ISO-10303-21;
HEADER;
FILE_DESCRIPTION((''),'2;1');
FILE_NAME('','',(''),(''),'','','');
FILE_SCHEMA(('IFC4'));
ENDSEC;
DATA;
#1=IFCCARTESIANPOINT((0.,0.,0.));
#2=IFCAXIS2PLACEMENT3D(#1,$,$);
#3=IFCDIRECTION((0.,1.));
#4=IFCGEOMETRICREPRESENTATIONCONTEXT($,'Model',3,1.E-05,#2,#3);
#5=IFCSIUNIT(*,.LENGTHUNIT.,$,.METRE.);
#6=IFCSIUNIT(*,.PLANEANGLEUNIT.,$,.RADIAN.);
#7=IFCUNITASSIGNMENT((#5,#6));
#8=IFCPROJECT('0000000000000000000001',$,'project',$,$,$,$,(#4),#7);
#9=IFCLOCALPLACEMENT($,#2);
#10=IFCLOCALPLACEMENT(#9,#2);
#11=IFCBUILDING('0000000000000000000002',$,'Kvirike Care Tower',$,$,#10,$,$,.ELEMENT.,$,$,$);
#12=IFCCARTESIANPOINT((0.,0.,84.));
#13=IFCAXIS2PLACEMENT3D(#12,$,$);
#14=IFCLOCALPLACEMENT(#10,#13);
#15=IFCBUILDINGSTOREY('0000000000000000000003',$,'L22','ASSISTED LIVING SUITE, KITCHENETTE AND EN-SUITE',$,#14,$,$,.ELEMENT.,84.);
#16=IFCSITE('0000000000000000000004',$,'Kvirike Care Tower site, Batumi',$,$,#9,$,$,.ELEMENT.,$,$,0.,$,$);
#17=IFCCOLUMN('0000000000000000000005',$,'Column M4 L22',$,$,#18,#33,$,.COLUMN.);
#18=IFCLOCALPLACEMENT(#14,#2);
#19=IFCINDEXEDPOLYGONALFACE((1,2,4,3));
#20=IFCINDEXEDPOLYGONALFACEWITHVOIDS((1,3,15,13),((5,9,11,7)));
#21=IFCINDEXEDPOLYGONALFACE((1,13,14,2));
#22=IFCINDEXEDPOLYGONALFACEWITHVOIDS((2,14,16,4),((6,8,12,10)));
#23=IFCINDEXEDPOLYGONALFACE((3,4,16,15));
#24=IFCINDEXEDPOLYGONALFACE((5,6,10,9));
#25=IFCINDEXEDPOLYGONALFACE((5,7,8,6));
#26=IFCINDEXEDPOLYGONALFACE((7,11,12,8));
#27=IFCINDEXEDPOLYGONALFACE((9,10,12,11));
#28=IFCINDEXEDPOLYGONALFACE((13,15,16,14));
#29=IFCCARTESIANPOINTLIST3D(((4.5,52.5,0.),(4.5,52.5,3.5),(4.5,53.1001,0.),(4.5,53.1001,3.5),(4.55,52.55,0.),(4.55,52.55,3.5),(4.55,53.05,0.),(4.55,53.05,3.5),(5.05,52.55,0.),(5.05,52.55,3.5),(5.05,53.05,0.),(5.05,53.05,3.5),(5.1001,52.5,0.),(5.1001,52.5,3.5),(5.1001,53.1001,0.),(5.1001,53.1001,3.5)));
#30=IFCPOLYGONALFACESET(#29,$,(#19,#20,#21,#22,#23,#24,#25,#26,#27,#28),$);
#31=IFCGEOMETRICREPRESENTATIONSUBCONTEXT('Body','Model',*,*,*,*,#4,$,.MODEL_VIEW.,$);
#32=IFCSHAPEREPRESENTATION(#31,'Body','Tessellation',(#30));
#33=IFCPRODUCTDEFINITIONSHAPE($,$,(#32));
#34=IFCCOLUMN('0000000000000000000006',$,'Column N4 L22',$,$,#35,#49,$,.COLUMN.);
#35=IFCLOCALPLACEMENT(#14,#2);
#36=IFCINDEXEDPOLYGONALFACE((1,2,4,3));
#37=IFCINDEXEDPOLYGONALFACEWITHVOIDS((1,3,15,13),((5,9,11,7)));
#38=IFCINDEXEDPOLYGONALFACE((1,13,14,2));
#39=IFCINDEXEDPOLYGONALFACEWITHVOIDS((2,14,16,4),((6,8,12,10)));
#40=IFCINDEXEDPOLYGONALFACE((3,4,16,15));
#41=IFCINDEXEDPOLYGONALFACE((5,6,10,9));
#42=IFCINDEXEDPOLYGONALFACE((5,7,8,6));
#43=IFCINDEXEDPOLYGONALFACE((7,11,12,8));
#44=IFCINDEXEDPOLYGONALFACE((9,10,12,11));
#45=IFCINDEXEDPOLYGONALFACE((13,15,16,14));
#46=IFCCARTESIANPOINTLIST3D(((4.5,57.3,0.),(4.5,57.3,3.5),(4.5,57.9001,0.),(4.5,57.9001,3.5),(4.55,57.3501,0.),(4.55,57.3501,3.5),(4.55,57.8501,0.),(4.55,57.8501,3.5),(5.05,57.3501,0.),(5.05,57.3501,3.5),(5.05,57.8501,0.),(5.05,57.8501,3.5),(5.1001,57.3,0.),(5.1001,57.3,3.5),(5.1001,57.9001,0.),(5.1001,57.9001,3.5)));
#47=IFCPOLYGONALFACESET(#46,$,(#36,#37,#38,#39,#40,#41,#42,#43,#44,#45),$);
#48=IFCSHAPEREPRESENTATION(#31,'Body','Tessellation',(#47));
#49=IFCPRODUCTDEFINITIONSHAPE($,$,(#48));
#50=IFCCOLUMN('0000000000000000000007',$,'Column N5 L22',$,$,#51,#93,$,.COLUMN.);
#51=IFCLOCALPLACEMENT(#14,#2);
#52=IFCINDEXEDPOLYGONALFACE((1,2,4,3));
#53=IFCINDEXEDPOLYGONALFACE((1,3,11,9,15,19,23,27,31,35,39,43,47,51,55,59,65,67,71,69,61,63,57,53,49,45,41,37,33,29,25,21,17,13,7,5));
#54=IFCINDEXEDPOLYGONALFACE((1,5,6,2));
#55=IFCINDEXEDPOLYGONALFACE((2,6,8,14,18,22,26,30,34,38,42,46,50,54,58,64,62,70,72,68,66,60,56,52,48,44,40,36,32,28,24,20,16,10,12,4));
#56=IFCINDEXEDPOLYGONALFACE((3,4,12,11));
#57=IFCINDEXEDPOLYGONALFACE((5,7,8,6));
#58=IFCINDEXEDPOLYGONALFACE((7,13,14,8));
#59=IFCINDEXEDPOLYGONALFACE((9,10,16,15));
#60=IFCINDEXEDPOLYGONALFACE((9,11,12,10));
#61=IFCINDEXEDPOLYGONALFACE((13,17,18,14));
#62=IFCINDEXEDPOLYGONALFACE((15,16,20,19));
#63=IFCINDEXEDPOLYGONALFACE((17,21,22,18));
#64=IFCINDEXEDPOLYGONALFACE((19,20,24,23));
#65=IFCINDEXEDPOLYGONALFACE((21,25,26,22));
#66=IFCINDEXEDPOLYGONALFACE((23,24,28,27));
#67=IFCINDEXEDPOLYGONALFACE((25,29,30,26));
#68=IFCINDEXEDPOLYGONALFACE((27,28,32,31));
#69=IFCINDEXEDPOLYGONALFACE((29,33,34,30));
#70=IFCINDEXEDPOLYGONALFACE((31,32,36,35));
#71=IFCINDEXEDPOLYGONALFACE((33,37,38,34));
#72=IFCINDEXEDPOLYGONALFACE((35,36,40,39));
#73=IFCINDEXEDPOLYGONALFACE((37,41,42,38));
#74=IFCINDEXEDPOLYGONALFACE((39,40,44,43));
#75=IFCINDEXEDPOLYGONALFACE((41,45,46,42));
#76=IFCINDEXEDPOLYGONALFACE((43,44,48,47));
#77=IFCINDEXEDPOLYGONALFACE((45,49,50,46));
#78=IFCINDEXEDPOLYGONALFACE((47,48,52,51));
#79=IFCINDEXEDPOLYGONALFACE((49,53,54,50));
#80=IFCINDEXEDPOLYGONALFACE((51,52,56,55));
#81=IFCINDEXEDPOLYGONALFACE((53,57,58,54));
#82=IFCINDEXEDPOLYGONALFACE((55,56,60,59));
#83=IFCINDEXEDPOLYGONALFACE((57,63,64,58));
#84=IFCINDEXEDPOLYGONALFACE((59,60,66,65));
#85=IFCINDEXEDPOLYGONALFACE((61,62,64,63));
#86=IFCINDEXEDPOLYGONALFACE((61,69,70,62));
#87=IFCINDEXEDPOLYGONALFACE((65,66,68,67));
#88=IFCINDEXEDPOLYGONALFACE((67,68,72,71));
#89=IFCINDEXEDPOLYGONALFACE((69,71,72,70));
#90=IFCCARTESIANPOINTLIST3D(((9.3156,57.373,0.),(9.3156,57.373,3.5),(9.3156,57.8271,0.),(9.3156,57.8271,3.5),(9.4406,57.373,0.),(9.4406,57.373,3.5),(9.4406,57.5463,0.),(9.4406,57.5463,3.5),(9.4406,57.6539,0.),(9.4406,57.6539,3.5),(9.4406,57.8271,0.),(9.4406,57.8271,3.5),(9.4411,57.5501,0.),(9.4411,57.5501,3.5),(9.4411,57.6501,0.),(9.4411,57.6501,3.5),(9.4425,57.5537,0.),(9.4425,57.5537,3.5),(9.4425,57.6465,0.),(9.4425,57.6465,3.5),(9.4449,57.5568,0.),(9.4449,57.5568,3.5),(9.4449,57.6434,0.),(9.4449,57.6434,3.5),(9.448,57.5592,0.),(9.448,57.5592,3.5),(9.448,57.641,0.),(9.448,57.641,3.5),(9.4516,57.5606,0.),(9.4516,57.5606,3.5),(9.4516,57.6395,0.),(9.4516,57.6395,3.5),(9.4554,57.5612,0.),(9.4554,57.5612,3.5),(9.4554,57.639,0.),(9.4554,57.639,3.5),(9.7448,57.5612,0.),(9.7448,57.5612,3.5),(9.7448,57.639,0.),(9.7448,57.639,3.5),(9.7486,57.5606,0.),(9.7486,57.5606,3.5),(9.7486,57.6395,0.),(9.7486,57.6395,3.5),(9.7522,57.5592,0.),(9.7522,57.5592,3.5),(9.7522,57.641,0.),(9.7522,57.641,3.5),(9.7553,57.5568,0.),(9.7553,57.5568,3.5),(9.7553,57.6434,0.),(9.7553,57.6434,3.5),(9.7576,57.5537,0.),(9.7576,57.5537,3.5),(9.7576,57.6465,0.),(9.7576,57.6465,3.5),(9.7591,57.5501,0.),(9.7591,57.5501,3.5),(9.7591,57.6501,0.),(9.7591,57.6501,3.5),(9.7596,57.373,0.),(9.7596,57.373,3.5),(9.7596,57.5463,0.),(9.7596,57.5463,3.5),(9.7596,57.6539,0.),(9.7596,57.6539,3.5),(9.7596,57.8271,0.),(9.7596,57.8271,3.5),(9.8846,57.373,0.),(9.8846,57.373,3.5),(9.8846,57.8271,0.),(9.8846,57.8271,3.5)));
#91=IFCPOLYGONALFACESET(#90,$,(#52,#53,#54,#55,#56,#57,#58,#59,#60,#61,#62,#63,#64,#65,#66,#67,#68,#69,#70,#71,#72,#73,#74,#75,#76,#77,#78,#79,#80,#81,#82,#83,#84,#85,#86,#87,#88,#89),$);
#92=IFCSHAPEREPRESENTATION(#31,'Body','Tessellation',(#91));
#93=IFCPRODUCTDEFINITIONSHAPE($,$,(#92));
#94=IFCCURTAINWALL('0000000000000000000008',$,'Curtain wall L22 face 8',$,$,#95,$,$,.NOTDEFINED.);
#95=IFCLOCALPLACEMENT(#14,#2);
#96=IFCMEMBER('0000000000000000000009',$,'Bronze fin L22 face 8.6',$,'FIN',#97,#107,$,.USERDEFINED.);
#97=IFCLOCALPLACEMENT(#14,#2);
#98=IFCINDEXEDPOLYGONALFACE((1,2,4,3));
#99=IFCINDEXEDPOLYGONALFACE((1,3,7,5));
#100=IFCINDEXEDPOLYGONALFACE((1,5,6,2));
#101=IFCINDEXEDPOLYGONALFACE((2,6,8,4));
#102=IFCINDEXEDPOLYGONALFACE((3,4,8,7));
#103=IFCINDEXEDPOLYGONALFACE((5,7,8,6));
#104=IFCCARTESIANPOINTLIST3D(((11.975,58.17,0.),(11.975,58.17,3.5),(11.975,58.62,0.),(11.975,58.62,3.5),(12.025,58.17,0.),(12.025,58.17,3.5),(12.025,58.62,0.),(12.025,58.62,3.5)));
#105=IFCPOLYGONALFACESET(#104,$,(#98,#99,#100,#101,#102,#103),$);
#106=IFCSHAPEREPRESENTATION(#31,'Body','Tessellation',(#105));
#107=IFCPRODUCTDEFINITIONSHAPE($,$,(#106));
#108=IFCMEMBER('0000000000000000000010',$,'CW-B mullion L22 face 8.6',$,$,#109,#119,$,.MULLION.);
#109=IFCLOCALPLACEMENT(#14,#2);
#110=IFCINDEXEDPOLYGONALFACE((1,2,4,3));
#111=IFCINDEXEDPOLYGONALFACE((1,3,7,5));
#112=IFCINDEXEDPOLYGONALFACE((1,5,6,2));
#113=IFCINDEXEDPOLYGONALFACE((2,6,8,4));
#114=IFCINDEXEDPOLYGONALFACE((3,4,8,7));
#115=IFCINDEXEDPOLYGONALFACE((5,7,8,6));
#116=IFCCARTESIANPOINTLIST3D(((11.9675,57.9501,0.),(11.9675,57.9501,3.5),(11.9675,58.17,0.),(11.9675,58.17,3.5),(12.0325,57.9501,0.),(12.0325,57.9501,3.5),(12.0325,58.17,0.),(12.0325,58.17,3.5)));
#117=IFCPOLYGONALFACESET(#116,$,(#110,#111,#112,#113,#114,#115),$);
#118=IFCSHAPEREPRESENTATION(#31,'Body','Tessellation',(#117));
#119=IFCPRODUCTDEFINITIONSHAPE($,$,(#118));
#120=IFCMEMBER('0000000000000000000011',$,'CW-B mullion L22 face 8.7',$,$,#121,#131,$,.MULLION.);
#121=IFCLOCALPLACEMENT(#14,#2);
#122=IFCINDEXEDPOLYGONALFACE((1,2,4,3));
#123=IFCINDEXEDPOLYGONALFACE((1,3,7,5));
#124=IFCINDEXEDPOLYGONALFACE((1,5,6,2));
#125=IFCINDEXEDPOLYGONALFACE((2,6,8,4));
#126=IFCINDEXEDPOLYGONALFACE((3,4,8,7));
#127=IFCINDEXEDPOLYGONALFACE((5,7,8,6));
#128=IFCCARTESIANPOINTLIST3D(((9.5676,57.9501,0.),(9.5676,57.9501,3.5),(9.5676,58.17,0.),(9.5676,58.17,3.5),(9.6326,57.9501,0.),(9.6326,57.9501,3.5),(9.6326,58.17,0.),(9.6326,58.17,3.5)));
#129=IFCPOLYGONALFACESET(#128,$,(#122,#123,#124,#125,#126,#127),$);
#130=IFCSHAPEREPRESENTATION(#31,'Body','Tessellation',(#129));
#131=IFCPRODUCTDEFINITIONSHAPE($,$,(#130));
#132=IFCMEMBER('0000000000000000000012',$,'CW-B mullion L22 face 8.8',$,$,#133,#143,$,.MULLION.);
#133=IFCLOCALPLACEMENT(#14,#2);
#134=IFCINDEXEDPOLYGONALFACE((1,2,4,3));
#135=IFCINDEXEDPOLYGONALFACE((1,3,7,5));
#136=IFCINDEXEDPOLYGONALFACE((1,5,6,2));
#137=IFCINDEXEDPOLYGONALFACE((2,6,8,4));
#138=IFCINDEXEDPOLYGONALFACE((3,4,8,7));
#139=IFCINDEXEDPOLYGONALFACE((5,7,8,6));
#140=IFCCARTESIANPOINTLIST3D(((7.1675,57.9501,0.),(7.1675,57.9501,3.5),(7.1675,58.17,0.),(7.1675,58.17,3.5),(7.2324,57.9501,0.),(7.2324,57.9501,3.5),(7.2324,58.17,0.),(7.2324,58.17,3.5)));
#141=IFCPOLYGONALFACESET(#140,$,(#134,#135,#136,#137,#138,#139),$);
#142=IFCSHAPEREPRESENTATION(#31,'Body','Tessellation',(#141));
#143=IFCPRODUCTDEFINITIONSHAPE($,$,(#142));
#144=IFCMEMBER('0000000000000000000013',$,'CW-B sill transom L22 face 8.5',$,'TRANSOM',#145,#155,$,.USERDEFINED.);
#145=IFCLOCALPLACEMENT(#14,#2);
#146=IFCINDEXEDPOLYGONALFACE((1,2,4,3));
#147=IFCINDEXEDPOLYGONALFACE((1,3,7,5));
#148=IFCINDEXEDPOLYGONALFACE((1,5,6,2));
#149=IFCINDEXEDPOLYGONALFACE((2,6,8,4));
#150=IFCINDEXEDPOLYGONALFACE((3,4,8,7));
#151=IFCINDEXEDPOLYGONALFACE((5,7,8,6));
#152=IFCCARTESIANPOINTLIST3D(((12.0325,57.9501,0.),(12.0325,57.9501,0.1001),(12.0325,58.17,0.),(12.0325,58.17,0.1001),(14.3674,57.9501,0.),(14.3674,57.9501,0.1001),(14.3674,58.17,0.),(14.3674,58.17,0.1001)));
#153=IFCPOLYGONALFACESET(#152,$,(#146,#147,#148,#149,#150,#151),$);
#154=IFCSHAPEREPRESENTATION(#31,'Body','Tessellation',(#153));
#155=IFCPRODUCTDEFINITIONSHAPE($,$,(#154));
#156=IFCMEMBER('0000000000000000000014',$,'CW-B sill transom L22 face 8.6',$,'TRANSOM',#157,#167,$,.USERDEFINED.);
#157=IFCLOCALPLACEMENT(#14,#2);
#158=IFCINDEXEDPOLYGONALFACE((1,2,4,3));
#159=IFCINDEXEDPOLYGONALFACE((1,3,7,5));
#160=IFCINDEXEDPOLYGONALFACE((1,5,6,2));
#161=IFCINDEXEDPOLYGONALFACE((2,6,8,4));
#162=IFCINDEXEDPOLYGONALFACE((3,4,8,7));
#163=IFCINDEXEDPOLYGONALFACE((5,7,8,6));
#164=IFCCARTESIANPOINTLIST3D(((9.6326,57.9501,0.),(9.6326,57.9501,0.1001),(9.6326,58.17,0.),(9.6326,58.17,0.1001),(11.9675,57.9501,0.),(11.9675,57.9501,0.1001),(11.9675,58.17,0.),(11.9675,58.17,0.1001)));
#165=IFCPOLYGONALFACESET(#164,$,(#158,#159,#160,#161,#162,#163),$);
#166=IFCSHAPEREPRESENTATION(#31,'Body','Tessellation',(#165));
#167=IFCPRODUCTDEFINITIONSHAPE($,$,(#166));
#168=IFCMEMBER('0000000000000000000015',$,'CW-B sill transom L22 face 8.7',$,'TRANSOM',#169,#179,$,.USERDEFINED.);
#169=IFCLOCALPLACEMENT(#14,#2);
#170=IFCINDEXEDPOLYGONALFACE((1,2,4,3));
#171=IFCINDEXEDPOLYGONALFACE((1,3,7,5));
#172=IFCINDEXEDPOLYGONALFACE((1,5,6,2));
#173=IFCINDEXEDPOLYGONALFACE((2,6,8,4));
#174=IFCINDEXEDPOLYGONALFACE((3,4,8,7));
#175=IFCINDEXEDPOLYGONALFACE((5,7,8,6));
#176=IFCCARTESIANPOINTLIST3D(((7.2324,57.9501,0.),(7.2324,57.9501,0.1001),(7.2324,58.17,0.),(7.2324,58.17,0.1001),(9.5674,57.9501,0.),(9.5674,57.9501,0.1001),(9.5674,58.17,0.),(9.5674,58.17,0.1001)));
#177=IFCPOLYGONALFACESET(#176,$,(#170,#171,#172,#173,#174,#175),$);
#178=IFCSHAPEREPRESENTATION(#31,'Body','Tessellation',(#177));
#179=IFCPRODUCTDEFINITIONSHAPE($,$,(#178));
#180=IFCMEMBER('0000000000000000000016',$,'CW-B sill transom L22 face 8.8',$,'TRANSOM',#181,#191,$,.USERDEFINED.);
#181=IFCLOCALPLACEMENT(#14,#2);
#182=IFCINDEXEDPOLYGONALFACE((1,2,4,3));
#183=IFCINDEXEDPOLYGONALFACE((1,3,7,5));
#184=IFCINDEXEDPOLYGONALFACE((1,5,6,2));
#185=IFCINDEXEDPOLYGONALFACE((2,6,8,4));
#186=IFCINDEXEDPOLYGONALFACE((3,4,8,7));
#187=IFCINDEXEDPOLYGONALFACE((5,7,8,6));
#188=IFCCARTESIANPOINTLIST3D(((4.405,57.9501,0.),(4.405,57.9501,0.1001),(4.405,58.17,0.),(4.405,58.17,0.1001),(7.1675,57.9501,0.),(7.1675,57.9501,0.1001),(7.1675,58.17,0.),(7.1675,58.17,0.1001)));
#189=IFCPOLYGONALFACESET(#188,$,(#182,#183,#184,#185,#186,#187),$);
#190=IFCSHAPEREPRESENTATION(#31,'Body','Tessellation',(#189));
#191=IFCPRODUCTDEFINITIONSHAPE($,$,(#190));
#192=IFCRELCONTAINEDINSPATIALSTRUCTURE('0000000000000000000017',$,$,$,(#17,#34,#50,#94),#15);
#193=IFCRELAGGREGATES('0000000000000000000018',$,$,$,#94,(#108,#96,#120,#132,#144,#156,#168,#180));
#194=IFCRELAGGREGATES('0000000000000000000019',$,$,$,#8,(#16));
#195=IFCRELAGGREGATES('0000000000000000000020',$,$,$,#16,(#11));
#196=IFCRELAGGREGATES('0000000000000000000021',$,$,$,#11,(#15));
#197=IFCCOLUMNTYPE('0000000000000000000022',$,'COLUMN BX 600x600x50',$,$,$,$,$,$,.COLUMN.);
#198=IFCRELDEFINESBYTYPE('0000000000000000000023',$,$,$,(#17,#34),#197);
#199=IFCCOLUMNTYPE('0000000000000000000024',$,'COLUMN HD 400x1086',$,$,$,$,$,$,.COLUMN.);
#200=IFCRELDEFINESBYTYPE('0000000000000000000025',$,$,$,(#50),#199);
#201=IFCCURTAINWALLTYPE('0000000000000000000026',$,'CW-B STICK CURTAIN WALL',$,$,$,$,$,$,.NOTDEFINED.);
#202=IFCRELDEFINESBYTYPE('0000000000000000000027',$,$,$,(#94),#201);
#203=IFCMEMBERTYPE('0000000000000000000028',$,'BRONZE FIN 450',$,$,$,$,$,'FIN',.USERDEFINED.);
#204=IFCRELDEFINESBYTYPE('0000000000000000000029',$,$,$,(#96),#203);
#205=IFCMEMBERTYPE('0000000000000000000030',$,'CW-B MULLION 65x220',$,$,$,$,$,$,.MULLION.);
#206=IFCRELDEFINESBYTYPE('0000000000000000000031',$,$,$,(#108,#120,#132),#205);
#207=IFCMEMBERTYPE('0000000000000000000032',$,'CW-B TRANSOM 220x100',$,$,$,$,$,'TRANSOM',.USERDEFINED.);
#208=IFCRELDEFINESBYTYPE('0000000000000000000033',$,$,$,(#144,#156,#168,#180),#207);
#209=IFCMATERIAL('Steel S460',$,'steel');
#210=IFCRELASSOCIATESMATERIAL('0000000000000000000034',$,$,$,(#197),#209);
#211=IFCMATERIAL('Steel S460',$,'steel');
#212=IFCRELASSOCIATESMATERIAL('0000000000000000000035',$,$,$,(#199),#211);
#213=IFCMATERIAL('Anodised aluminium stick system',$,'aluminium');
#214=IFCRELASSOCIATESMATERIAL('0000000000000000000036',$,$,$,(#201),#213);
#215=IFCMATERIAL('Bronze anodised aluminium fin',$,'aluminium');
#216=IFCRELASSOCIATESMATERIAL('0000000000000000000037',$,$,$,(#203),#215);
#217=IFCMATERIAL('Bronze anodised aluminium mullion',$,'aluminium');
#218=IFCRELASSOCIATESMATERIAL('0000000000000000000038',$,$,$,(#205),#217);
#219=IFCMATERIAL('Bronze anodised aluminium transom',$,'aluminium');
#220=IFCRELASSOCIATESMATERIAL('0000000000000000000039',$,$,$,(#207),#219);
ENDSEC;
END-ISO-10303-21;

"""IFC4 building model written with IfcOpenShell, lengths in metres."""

from ifc_helpers import new_model, si_unit, direction, frame, origin, origin_2d, place, context, subcontext, project, spatial, rectangle, hollow_rectangle, i_section, extrude, material, material_profile, profile_set, type_object, element, aggregate, save


model = new_model("IFC4")

# Units and contexts
model_context = context("Model", 3, precision=1e-05, world=origin(), true_north=direction((0.0, 1.0)))
body_context = subcontext(model_context, "Body", "Model", "MODEL_VIEW")
ifc_project = project(units=[si_unit("LENGTHUNIT", "METRE"), si_unit("PLANEANGLEUNIT", "RADIAN")], contexts=[model_context])

# Site, building, storey
site_placement = place(None, origin())
site = spatial("IfcSite", under=ifc_project, at=site_placement, Name="Kvirike Care Tower site, Batumi", CompositionType="ELEMENT", RefElevation=0.0)
building_placement = place(site_placement, origin())
building = spatial("IfcBuilding", under=site, at=building_placement, Name="Kvirike Care Tower", CompositionType="ELEMENT")
storey_placement = place(building_placement, frame((0.0, 0.0, 84.0)))
storey = spatial("IfcBuildingStorey", under=building, at=storey_placement, Name="L22", Description="ASSISTED LIVING SUITE, KITCHENETTE AND EN-SUITE", CompositionType="ELEMENT", Elevation=84.0)

# Columns
ifc_material_1 = material(Name="Steel S460", Category="steel")
ifc_material_profile_1 = material_profile(ifc_material_1, hollow_rectangle(XDim=0.6001, YDim=0.6001, WallThickness=0.05, at=origin_2d()), Name="BX 600x600x50")
ifc_profile_set_1 = profile_set([ifc_material_profile_1], Name="Steel S460")
column_type_1 = type_object("IfcColumnType", Name="COLUMN BX 600x600x50", PredefinedType="COLUMN", material=ifc_profile_set_1)
for number, where, z_axis, x_axis, name in (
    (1, (4.8, 52.8, 0.0), (0.0, 0.0, 1.0), (0.0, 1.0, 0.0), "Column M4 L22"),
    (2, (4.8, 57.6001, 0.0), (0.0, 0.0, 1.0), (0.0, 1.0, 0.0), "Column N4 L22"),
):
    element("IfcColumn", number, at=place(storey_placement, frame(where, z_axis=z_axis, x_axis=x_axis)), inside=storey, type_object=column_type_1, Name=name, PredefinedType="COLUMN", context=body_context, shape_type="SweptSolid", body=[
        extrude(hollow_rectangle(XDim=0.6001, YDim=0.6001, WallThickness=0.05, at=origin_2d()), origin(), (0.0, 0.0, 1.0), 3.5),
    ])
ifc_material_2 = material(Name="Steel S460", Category="steel")
ifc_material_profile_2 = material_profile(ifc_material_2, i_section(OverallWidth=0.4541, OverallDepth=0.5691, WebThickness=0.0779, FlangeThickness=0.125, FilletRadius=0.0149, at=origin_2d()), Name="HD 400x1086")
ifc_profile_set_2 = profile_set([ifc_material_profile_2], Name="Steel S460")
column_type_2 = type_object("IfcColumnType", Name="COLUMN HD 400x1086", PredefinedType="COLUMN", material=ifc_profile_set_2)
column_placement = place(storey_placement, frame((9.6001, 57.6001, 0.0), z_axis=(0.0, 0.0, 1.0), x_axis=(0.0, 1.0, 0.0)))
element("IfcColumn", 3, at=column_placement, inside=storey, type_object=column_type_2, Name="Column N5 L22", PredefinedType="COLUMN", context=body_context, shape_type="SweptSolid", body=[
    extrude(i_section(OverallWidth=0.4541, OverallDepth=0.5691, WebThickness=0.0779, FlangeThickness=0.125, FilletRadius=0.0149, at=origin_2d()), origin(), (0.0, 0.0, 1.0), 3.5),
])

# Curtain wall, members
ifc_material_3 = material(Name="Anodised aluminium stick system", Category="aluminium")
curtain_wall_type = type_object("IfcCurtainWallType", Name="CW-B STICK CURTAIN WALL", PredefinedType="NOTDEFINED", material=ifc_material_3)
curtain_wall_placement = place(storey_placement, origin())
curtain_wall = element("IfcCurtainWall", 4, at=curtain_wall_placement, inside=storey, type_object=curtain_wall_type, Name="Curtain wall L22 face 8", PredefinedType="NOTDEFINED")
ifc_material_4 = material(Name="Bronze anodised aluminium fin", Category="aluminium")
ifc_material_profile_3 = material_profile(ifc_material_4, rectangle(XDim=0.05, YDim=0.45, at=origin_2d()), Name="BRONZE FIN 450")
ifc_profile_set_3 = profile_set([ifc_material_profile_3], Name="Bronze anodised aluminium fin")
member_type_1 = type_object("IfcMemberType", Name="BRONZE FIN 450", ElementType="FIN", PredefinedType="USERDEFINED", material=ifc_profile_set_3)
member_1_placement = place(storey_placement, frame((12.0, 58.395, 0.0), z_axis=(0.0, 0.0, 1.0), x_axis=(-1.0, 0.0, 0.0)))
member_1 = element("IfcMember", 5, at=member_1_placement, type_object=member_type_1, Name="Bronze fin L22 face 8.6", ObjectType="FIN", PredefinedType="USERDEFINED", context=body_context, shape_type="SweptSolid", body=[
    extrude(rectangle(XDim=0.05, YDim=0.45, at=origin_2d()), origin(), (0.0, 0.0, 1.0), 3.5),
])
ifc_material_5 = material(Name="Bronze anodised aluminium mullion", Category="aluminium")
ifc_material_profile_4 = material_profile(ifc_material_5, rectangle(XDim=0.0649, YDim=0.22, at=origin_2d()), Name="CW-B MULLION 65x220")
ifc_profile_set_4 = profile_set([ifc_material_profile_4], Name="Bronze anodised aluminium mullion")
member_type_2 = type_object("IfcMemberType", Name="CW-B MULLION 65x220", PredefinedType="MULLION", material=ifc_profile_set_4)
member_2_placement = place(storey_placement, frame((12.0, 58.0601, 0.0), z_axis=(0.0, 0.0, 1.0), x_axis=(-1.0, 0.0, 0.0)))
member_2 = element("IfcMember", 6, at=member_2_placement, type_object=member_type_2, Name="CW-B mullion L22 face 8.6", PredefinedType="MULLION", context=body_context, shape_type="SweptSolid", body=[
    extrude(rectangle(XDim=0.0649, YDim=0.22, at=origin_2d()), origin(), (0.0, 0.0, 1.0), 3.5),
])
member_3_placement = place(storey_placement, frame((9.6001, 58.0601, 0.0), z_axis=(0.0, 0.0, 1.0), x_axis=(-1.0, 0.0, 0.0)))
member_3 = element("IfcMember", 7, at=member_3_placement, type_object=member_type_2, Name="CW-B mullion L22 face 8.7", PredefinedType="MULLION", context=body_context, shape_type="SweptSolid", body=[
    extrude(rectangle(XDim=0.0649, YDim=0.22, at=origin_2d()), origin(), (0.0, 0.0, 1.0), 3.5),
])
member_4_placement = place(storey_placement, frame((7.2, 58.0601, 0.0), z_axis=(0.0, 0.0, 1.0), x_axis=(-1.0, 0.0, 0.0)))
member_4 = element("IfcMember", 8, at=member_4_placement, type_object=member_type_2, Name="CW-B mullion L22 face 8.8", PredefinedType="MULLION", context=body_context, shape_type="SweptSolid", body=[
    extrude(rectangle(XDim=0.0649, YDim=0.22, at=origin_2d()), origin(), (0.0, 0.0, 1.0), 3.5),
])
ifc_material_6 = material(Name="Bronze anodised aluminium transom", Category="aluminium")
ifc_material_profile_5 = material_profile(ifc_material_6, rectangle(XDim=0.22, YDim=0.1001, at=origin_2d()), Name="CW-B TRANSOM 220x100")
ifc_profile_set_5 = profile_set([ifc_material_profile_5], Name="Bronze anodised aluminium transom")
member_type_3 = type_object("IfcMemberType", Name="CW-B TRANSOM 220x100", ElementType="TRANSOM", PredefinedType="USERDEFINED", material=ifc_profile_set_5)
member_5_placement = place(storey_placement, frame((14.3674, 58.0601, 0.05), z_axis=(-1.0, 0.0, 0.0), x_axis=(0.0, -1.0, 0.0)))
member_5 = element("IfcMember", 9, at=member_5_placement, type_object=member_type_3, Name="CW-B sill transom L22 face 8.5", ObjectType="TRANSOM", PredefinedType="USERDEFINED", context=body_context, shape_type="SweptSolid", body=[
    extrude(rectangle(XDim=0.22, YDim=0.1001, at=origin_2d()), origin(), (0.0, 0.0, 1.0), 2.335),
])
member_6_placement = place(storey_placement, frame((11.9675, 58.0601, 0.05), z_axis=(-1.0, 0.0, 0.0), x_axis=(0.0, -1.0, 0.0)))
member_6 = element("IfcMember", 10, at=member_6_placement, type_object=member_type_3, Name="CW-B sill transom L22 face 8.6", ObjectType="TRANSOM", PredefinedType="USERDEFINED", context=body_context, shape_type="SweptSolid", body=[
    extrude(rectangle(XDim=0.22, YDim=0.1001, at=origin_2d()), origin(), (0.0, 0.0, 1.0), 2.335),
])
member_7_placement = place(storey_placement, frame((9.5674, 58.0601, 0.05), z_axis=(-1.0, 0.0, 0.0), x_axis=(0.0, -1.0, 0.0)))
member_7 = element("IfcMember", 11, at=member_7_placement, type_object=member_type_3, Name="CW-B sill transom L22 face 8.7", ObjectType="TRANSOM", PredefinedType="USERDEFINED", context=body_context, shape_type="SweptSolid", body=[
    extrude(rectangle(XDim=0.22, YDim=0.1001, at=origin_2d()), origin(), (0.0, 0.0, 1.0), 2.335),
])
member_8_placement = place(storey_placement, frame((7.1675, 58.0601, 0.05), z_axis=(-1.0, 0.0, 0.0), x_axis=(0.0, -1.0, 0.0)))
member_8 = element("IfcMember", 12, at=member_8_placement, type_object=member_type_3, Name="CW-B sill transom L22 face 8.8", ObjectType="TRANSOM", PredefinedType="USERDEFINED", context=body_context, shape_type="SweptSolid", body=[
    extrude(rectangle(XDim=0.22, YDim=0.1001, at=origin_2d()), origin(), (0.0, 0.0, 1.0), 2.7625),
])

aggregate(curtain_wall, [member_2, member_1, member_3, member_4, member_5, member_6, member_7, member_8])

save(model, "model.ifc")
